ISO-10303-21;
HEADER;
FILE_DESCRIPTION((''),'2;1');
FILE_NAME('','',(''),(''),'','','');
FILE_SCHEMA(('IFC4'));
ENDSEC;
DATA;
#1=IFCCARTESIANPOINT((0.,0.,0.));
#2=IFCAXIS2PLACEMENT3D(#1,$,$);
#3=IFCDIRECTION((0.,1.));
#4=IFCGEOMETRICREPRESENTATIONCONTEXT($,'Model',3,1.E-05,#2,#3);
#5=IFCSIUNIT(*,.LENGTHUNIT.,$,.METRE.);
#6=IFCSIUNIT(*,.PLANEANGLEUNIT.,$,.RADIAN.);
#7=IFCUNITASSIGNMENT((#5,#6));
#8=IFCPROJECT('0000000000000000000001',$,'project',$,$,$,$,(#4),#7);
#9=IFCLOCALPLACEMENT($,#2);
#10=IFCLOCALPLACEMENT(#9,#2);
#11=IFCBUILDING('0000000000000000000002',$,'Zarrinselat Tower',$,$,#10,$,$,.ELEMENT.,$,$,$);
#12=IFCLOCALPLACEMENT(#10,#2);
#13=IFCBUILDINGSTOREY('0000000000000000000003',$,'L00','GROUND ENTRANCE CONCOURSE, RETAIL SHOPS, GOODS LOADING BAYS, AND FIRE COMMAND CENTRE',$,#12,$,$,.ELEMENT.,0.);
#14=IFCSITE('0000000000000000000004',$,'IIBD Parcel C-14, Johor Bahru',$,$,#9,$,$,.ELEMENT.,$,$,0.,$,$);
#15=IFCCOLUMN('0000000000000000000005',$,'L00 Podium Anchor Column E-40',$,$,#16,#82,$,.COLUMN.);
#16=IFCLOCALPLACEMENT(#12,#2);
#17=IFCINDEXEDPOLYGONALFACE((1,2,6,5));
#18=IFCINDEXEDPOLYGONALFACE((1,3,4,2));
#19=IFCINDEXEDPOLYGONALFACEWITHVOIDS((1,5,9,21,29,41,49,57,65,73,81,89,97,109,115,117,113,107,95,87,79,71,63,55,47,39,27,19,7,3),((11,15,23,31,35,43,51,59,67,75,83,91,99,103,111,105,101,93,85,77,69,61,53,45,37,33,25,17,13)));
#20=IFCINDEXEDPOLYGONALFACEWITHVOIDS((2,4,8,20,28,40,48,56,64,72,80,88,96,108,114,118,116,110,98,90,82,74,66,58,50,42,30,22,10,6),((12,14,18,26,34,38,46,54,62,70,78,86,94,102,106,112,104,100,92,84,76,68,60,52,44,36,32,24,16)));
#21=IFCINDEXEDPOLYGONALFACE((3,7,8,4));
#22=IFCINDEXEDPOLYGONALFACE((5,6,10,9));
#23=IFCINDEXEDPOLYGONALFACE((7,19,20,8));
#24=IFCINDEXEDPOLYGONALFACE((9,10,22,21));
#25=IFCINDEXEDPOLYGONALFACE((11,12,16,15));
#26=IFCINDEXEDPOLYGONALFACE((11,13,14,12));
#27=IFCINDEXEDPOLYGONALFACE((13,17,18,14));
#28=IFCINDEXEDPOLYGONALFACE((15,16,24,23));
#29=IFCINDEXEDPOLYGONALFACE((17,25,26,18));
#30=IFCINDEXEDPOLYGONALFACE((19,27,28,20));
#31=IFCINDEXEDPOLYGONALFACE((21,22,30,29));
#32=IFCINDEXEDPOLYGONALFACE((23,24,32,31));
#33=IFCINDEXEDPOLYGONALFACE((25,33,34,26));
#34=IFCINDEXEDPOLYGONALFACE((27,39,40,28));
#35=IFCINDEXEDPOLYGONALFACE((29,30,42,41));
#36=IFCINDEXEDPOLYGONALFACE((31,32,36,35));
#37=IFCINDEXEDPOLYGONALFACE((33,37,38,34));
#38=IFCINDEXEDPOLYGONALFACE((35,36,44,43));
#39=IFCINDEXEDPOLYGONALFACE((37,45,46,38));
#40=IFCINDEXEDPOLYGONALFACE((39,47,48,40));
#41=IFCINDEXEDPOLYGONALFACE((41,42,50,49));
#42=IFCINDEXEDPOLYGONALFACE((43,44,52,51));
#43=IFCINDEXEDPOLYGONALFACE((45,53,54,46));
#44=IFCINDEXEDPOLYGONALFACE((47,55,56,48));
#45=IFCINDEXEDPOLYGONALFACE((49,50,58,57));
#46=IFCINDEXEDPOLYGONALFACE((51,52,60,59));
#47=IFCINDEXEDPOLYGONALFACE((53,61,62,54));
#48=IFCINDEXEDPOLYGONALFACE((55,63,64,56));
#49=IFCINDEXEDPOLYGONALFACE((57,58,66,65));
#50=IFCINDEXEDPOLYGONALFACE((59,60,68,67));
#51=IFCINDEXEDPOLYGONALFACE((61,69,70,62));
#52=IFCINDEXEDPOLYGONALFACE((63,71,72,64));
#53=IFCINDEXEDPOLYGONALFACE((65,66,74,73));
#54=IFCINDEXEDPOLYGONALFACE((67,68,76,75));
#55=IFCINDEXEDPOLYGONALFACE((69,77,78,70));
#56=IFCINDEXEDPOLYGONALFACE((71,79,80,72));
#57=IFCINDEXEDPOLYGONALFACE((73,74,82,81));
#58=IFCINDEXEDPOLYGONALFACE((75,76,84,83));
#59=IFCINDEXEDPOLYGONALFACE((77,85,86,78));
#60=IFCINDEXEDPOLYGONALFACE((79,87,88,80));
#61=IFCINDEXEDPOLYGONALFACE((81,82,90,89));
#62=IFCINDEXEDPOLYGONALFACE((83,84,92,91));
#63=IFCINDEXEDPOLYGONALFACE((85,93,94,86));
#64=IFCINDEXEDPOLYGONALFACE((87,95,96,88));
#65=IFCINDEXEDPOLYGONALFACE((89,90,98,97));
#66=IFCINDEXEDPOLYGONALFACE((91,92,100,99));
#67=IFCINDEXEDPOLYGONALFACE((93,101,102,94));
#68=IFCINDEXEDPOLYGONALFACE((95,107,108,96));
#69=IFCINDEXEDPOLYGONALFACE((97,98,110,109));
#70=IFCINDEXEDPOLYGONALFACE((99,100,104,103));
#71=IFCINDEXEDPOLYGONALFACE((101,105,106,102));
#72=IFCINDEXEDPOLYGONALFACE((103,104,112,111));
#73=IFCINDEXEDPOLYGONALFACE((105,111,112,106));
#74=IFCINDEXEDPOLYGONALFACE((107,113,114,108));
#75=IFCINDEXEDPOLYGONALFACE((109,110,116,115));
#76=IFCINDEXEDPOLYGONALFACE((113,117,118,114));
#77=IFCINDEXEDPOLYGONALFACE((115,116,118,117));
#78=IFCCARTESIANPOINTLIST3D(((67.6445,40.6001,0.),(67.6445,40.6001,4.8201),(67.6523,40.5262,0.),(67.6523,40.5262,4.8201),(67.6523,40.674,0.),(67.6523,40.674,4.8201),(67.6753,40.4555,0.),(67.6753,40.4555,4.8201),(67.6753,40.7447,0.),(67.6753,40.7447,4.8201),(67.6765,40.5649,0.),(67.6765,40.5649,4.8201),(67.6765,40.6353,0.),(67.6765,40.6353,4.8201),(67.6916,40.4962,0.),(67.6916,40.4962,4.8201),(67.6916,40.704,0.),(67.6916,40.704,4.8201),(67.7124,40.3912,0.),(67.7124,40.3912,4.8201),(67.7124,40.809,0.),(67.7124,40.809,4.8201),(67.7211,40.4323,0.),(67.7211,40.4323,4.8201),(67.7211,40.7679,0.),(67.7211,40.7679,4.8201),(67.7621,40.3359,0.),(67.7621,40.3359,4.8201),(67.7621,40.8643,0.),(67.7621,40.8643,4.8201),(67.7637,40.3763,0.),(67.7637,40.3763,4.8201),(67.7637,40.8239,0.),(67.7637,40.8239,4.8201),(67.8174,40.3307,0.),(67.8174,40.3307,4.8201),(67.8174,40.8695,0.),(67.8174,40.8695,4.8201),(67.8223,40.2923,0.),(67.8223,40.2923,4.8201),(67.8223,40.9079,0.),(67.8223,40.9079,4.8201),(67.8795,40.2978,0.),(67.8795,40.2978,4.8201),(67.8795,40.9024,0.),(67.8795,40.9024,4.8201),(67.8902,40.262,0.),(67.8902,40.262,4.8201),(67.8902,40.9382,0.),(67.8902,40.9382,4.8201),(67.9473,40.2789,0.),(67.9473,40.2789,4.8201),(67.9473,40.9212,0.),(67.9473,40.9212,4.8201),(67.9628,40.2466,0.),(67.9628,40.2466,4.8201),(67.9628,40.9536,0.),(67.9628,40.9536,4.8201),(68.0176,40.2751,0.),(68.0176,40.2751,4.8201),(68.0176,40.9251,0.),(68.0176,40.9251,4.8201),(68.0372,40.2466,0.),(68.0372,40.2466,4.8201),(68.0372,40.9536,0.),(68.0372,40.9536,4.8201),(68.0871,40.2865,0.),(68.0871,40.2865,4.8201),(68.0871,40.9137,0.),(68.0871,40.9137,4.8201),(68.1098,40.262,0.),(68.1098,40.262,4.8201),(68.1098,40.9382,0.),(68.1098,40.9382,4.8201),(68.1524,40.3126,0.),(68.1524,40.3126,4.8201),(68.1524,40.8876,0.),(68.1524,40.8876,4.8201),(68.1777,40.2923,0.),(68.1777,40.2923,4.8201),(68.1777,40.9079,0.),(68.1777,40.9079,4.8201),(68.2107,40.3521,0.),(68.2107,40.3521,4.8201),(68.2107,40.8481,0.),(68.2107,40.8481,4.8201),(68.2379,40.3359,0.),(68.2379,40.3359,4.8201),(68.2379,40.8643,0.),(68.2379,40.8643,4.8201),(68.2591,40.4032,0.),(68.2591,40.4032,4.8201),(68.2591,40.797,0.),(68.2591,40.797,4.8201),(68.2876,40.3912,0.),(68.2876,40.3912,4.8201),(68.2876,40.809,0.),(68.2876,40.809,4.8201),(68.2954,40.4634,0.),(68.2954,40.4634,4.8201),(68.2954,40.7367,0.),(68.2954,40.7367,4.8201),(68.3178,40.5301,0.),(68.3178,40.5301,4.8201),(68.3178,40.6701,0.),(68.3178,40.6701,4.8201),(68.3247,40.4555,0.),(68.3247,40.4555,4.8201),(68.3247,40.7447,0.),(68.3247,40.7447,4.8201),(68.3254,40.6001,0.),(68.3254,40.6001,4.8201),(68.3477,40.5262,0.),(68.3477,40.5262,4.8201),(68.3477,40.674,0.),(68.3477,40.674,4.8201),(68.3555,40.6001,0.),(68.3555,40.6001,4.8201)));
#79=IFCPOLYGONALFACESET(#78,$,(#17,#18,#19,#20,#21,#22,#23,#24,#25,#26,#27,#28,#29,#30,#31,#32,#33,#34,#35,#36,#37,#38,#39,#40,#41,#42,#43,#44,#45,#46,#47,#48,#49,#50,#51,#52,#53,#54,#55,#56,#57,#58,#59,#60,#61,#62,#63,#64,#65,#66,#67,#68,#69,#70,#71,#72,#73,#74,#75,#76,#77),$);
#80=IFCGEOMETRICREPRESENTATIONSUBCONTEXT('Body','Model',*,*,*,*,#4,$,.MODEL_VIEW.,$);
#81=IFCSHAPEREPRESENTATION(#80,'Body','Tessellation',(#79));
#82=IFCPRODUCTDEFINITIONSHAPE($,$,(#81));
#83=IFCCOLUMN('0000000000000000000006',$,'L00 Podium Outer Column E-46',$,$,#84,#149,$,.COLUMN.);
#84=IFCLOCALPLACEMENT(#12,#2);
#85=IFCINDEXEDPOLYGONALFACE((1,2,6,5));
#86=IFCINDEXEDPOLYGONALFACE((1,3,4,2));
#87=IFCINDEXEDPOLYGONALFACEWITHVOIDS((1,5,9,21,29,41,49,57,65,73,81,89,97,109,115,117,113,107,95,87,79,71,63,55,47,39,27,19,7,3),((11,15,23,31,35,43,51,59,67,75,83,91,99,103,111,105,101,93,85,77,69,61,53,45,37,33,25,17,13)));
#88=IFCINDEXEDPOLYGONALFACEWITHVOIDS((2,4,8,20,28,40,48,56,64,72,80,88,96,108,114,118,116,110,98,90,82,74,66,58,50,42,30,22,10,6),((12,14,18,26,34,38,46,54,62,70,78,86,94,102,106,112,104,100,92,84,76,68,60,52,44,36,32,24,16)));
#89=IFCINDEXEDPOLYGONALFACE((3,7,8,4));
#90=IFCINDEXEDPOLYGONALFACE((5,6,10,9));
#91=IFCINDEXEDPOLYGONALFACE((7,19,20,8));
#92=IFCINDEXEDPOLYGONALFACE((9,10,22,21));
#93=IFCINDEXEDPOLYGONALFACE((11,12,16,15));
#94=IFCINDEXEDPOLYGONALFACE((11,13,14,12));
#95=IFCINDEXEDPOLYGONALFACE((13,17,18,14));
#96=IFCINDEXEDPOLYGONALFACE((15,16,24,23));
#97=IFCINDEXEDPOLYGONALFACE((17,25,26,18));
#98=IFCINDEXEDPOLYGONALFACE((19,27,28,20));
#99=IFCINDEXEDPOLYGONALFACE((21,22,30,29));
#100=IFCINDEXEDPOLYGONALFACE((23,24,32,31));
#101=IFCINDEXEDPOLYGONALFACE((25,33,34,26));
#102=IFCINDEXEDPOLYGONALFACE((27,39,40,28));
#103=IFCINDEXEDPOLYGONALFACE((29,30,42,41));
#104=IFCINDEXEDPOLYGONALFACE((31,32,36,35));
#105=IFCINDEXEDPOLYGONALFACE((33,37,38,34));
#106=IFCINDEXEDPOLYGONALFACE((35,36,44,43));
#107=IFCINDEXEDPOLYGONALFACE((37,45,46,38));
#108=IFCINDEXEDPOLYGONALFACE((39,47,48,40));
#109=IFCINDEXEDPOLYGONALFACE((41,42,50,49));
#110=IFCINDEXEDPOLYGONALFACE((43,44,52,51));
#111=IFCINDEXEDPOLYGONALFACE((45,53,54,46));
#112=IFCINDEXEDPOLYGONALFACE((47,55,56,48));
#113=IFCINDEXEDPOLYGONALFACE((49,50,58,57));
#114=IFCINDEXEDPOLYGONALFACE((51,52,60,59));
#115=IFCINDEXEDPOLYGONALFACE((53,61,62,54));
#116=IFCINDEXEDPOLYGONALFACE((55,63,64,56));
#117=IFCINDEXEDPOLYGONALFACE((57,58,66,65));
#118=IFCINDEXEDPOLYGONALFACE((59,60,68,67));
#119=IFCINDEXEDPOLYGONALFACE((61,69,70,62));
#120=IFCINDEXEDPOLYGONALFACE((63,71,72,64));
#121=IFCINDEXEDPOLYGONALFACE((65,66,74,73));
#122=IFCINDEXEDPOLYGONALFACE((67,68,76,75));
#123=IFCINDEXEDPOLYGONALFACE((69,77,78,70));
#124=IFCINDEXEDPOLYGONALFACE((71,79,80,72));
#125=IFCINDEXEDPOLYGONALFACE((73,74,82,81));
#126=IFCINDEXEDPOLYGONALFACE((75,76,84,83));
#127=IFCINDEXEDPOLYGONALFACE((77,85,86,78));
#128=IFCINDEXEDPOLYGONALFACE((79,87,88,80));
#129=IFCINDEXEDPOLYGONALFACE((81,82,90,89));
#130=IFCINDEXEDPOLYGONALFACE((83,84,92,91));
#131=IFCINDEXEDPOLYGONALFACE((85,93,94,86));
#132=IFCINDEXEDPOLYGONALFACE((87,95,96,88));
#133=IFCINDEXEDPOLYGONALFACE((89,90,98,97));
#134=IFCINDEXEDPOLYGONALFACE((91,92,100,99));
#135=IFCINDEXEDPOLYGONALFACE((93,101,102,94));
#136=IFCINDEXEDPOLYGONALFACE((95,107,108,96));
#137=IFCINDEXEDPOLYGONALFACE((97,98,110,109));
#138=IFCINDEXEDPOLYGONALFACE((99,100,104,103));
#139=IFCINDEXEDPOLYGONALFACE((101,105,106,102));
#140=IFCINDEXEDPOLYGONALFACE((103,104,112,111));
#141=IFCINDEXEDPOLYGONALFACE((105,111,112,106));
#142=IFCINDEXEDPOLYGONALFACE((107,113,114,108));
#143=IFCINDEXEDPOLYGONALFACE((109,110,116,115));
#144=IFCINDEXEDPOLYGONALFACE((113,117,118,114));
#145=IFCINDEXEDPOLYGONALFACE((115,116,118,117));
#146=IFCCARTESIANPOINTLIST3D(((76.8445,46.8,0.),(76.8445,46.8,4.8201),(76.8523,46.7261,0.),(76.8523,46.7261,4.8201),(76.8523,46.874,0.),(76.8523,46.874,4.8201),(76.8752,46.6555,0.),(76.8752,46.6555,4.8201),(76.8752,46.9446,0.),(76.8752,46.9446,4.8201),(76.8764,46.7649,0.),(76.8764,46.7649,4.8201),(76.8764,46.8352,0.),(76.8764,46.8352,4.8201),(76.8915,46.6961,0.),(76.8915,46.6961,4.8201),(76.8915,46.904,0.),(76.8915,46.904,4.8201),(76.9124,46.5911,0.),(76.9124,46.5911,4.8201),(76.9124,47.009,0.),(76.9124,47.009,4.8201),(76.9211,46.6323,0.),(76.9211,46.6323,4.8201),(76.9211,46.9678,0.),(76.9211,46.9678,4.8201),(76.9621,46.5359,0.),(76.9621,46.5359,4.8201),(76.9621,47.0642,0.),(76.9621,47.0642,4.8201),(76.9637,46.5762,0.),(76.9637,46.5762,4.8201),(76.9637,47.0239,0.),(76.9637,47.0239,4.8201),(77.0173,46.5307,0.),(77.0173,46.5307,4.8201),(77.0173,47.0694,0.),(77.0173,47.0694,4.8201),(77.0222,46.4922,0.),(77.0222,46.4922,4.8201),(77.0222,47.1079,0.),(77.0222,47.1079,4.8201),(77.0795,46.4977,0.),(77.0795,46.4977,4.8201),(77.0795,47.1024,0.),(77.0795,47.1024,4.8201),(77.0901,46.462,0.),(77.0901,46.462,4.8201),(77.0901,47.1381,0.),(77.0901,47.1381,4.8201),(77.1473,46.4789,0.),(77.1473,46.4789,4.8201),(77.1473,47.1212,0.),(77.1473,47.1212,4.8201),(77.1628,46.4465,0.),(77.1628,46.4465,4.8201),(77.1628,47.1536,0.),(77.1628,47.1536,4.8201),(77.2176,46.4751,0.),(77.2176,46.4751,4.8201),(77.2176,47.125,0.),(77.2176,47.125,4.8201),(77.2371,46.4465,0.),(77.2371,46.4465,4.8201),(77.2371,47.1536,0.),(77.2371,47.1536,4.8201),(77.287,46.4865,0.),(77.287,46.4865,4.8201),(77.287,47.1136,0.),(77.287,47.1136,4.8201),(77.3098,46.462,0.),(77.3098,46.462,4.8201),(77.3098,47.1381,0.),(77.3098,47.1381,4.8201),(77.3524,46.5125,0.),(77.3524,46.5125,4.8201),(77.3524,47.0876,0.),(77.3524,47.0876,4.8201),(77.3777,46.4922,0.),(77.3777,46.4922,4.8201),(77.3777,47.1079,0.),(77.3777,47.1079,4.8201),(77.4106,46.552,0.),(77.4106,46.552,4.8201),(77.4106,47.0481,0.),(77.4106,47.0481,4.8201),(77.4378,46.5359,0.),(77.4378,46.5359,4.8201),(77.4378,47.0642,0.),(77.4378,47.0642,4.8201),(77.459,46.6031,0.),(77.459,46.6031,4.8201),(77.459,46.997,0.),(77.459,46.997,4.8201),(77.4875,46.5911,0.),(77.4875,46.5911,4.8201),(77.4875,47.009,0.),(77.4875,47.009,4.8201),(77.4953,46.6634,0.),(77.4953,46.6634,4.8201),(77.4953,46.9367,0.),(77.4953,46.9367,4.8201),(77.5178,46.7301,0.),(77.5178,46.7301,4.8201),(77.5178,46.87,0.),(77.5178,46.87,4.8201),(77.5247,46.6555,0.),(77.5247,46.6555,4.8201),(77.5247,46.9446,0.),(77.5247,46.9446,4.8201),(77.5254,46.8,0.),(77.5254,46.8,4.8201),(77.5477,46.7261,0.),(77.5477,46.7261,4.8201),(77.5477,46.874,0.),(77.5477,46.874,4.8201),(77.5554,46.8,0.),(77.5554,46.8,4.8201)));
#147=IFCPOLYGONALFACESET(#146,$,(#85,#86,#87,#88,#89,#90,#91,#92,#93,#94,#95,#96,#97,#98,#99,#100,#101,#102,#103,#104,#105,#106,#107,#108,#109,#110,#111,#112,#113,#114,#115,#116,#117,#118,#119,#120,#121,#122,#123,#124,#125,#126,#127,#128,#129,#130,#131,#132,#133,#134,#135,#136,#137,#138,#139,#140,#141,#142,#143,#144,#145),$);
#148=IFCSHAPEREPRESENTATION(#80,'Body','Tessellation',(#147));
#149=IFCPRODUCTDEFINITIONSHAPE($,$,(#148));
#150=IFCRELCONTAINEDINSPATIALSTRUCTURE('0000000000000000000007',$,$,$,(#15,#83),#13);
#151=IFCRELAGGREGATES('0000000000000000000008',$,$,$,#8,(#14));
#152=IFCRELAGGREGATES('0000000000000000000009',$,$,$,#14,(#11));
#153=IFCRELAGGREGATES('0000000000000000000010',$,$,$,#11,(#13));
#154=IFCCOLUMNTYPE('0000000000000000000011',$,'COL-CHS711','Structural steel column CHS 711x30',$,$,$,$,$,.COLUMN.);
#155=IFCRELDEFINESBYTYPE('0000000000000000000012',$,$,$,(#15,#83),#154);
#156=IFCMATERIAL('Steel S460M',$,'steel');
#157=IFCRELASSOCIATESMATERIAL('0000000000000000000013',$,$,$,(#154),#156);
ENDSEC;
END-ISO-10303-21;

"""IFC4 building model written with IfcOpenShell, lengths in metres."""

from ifc_helpers import new_model, si_unit, direction, frame, origin, origin_2d, place, context, subcontext, project, spatial, hollow_circle, extrude, material, material_profile, profile_set, type_object, element, save


model = new_model("IFC4")

# Units and contexts
model_context = context("Model", 3, precision=1e-05, world=origin(), true_north=direction((0.0, 1.0)))
body_context = subcontext(model_context, "Body", "Model", "MODEL_VIEW")
ifc_project = project(units=[si_unit("LENGTHUNIT", "METRE"), si_unit("PLANEANGLEUNIT", "RADIAN")], contexts=[model_context])

# Site, building, storey
site_placement = place(None, origin())
site = spatial("IfcSite", under=ifc_project, at=site_placement, Name="IIBD Parcel C-14, Johor Bahru", CompositionType="ELEMENT", RefElevation=0.0)
building_placement = place(site_placement, origin())
building = spatial("IfcBuilding", under=site, at=building_placement, Name="Zarrinselat Tower", CompositionType="ELEMENT")
storey_placement = place(building_placement, origin())
storey = spatial("IfcBuildingStorey", under=building, at=storey_placement, Name="L00", Description="GROUND ENTRANCE CONCOURSE, RETAIL SHOPS, GOODS LOADING BAYS, AND FIRE COMMAND CENTRE", CompositionType="ELEMENT", Elevation=0.0)

# Columns
ifc_material_1 = material(Name="Steel S460M", Category="steel")
ifc_material_profile_1 = material_profile(ifc_material_1, hollow_circle(Radius=0.3555, WallThickness=0.03, at=origin_2d()), Name="CHS 711x30")
ifc_profile_set_1 = profile_set([ifc_material_profile_1], Name="Steel S460M")
column_type = type_object("IfcColumnType", Name="COL-CHS711", Description="Structural steel column CHS 711x30", PredefinedType="COLUMN", material=ifc_profile_set_1)
for number, where, z_axis, x_axis, name in (
    (1, (68.0, 40.6001, 0.0), (0.0, 0.0, 1.0), (1.0, 0.0, 0.0), "L00 Podium Anchor Column E-40"),
    (2, (77.2, 46.8, 0.0), (0.0, 0.0, 1.0), (1.0, 0.0, 0.0), "L00 Podium Outer Column E-46"),
):
    element("IfcColumn", number, at=place(storey_placement, frame(where, z_axis=z_axis, x_axis=x_axis)), inside=storey, type_object=column_type, Name=name, PredefinedType="COLUMN", context=body_context, shape_type="SweptSolid", body=[
        extrude(hollow_circle(Radius=0.3555, WallThickness=0.03, at=origin_2d()), origin(), (0.0, 0.0, 1.0), 4.8201),
    ])

save(model, "model.ifc")
